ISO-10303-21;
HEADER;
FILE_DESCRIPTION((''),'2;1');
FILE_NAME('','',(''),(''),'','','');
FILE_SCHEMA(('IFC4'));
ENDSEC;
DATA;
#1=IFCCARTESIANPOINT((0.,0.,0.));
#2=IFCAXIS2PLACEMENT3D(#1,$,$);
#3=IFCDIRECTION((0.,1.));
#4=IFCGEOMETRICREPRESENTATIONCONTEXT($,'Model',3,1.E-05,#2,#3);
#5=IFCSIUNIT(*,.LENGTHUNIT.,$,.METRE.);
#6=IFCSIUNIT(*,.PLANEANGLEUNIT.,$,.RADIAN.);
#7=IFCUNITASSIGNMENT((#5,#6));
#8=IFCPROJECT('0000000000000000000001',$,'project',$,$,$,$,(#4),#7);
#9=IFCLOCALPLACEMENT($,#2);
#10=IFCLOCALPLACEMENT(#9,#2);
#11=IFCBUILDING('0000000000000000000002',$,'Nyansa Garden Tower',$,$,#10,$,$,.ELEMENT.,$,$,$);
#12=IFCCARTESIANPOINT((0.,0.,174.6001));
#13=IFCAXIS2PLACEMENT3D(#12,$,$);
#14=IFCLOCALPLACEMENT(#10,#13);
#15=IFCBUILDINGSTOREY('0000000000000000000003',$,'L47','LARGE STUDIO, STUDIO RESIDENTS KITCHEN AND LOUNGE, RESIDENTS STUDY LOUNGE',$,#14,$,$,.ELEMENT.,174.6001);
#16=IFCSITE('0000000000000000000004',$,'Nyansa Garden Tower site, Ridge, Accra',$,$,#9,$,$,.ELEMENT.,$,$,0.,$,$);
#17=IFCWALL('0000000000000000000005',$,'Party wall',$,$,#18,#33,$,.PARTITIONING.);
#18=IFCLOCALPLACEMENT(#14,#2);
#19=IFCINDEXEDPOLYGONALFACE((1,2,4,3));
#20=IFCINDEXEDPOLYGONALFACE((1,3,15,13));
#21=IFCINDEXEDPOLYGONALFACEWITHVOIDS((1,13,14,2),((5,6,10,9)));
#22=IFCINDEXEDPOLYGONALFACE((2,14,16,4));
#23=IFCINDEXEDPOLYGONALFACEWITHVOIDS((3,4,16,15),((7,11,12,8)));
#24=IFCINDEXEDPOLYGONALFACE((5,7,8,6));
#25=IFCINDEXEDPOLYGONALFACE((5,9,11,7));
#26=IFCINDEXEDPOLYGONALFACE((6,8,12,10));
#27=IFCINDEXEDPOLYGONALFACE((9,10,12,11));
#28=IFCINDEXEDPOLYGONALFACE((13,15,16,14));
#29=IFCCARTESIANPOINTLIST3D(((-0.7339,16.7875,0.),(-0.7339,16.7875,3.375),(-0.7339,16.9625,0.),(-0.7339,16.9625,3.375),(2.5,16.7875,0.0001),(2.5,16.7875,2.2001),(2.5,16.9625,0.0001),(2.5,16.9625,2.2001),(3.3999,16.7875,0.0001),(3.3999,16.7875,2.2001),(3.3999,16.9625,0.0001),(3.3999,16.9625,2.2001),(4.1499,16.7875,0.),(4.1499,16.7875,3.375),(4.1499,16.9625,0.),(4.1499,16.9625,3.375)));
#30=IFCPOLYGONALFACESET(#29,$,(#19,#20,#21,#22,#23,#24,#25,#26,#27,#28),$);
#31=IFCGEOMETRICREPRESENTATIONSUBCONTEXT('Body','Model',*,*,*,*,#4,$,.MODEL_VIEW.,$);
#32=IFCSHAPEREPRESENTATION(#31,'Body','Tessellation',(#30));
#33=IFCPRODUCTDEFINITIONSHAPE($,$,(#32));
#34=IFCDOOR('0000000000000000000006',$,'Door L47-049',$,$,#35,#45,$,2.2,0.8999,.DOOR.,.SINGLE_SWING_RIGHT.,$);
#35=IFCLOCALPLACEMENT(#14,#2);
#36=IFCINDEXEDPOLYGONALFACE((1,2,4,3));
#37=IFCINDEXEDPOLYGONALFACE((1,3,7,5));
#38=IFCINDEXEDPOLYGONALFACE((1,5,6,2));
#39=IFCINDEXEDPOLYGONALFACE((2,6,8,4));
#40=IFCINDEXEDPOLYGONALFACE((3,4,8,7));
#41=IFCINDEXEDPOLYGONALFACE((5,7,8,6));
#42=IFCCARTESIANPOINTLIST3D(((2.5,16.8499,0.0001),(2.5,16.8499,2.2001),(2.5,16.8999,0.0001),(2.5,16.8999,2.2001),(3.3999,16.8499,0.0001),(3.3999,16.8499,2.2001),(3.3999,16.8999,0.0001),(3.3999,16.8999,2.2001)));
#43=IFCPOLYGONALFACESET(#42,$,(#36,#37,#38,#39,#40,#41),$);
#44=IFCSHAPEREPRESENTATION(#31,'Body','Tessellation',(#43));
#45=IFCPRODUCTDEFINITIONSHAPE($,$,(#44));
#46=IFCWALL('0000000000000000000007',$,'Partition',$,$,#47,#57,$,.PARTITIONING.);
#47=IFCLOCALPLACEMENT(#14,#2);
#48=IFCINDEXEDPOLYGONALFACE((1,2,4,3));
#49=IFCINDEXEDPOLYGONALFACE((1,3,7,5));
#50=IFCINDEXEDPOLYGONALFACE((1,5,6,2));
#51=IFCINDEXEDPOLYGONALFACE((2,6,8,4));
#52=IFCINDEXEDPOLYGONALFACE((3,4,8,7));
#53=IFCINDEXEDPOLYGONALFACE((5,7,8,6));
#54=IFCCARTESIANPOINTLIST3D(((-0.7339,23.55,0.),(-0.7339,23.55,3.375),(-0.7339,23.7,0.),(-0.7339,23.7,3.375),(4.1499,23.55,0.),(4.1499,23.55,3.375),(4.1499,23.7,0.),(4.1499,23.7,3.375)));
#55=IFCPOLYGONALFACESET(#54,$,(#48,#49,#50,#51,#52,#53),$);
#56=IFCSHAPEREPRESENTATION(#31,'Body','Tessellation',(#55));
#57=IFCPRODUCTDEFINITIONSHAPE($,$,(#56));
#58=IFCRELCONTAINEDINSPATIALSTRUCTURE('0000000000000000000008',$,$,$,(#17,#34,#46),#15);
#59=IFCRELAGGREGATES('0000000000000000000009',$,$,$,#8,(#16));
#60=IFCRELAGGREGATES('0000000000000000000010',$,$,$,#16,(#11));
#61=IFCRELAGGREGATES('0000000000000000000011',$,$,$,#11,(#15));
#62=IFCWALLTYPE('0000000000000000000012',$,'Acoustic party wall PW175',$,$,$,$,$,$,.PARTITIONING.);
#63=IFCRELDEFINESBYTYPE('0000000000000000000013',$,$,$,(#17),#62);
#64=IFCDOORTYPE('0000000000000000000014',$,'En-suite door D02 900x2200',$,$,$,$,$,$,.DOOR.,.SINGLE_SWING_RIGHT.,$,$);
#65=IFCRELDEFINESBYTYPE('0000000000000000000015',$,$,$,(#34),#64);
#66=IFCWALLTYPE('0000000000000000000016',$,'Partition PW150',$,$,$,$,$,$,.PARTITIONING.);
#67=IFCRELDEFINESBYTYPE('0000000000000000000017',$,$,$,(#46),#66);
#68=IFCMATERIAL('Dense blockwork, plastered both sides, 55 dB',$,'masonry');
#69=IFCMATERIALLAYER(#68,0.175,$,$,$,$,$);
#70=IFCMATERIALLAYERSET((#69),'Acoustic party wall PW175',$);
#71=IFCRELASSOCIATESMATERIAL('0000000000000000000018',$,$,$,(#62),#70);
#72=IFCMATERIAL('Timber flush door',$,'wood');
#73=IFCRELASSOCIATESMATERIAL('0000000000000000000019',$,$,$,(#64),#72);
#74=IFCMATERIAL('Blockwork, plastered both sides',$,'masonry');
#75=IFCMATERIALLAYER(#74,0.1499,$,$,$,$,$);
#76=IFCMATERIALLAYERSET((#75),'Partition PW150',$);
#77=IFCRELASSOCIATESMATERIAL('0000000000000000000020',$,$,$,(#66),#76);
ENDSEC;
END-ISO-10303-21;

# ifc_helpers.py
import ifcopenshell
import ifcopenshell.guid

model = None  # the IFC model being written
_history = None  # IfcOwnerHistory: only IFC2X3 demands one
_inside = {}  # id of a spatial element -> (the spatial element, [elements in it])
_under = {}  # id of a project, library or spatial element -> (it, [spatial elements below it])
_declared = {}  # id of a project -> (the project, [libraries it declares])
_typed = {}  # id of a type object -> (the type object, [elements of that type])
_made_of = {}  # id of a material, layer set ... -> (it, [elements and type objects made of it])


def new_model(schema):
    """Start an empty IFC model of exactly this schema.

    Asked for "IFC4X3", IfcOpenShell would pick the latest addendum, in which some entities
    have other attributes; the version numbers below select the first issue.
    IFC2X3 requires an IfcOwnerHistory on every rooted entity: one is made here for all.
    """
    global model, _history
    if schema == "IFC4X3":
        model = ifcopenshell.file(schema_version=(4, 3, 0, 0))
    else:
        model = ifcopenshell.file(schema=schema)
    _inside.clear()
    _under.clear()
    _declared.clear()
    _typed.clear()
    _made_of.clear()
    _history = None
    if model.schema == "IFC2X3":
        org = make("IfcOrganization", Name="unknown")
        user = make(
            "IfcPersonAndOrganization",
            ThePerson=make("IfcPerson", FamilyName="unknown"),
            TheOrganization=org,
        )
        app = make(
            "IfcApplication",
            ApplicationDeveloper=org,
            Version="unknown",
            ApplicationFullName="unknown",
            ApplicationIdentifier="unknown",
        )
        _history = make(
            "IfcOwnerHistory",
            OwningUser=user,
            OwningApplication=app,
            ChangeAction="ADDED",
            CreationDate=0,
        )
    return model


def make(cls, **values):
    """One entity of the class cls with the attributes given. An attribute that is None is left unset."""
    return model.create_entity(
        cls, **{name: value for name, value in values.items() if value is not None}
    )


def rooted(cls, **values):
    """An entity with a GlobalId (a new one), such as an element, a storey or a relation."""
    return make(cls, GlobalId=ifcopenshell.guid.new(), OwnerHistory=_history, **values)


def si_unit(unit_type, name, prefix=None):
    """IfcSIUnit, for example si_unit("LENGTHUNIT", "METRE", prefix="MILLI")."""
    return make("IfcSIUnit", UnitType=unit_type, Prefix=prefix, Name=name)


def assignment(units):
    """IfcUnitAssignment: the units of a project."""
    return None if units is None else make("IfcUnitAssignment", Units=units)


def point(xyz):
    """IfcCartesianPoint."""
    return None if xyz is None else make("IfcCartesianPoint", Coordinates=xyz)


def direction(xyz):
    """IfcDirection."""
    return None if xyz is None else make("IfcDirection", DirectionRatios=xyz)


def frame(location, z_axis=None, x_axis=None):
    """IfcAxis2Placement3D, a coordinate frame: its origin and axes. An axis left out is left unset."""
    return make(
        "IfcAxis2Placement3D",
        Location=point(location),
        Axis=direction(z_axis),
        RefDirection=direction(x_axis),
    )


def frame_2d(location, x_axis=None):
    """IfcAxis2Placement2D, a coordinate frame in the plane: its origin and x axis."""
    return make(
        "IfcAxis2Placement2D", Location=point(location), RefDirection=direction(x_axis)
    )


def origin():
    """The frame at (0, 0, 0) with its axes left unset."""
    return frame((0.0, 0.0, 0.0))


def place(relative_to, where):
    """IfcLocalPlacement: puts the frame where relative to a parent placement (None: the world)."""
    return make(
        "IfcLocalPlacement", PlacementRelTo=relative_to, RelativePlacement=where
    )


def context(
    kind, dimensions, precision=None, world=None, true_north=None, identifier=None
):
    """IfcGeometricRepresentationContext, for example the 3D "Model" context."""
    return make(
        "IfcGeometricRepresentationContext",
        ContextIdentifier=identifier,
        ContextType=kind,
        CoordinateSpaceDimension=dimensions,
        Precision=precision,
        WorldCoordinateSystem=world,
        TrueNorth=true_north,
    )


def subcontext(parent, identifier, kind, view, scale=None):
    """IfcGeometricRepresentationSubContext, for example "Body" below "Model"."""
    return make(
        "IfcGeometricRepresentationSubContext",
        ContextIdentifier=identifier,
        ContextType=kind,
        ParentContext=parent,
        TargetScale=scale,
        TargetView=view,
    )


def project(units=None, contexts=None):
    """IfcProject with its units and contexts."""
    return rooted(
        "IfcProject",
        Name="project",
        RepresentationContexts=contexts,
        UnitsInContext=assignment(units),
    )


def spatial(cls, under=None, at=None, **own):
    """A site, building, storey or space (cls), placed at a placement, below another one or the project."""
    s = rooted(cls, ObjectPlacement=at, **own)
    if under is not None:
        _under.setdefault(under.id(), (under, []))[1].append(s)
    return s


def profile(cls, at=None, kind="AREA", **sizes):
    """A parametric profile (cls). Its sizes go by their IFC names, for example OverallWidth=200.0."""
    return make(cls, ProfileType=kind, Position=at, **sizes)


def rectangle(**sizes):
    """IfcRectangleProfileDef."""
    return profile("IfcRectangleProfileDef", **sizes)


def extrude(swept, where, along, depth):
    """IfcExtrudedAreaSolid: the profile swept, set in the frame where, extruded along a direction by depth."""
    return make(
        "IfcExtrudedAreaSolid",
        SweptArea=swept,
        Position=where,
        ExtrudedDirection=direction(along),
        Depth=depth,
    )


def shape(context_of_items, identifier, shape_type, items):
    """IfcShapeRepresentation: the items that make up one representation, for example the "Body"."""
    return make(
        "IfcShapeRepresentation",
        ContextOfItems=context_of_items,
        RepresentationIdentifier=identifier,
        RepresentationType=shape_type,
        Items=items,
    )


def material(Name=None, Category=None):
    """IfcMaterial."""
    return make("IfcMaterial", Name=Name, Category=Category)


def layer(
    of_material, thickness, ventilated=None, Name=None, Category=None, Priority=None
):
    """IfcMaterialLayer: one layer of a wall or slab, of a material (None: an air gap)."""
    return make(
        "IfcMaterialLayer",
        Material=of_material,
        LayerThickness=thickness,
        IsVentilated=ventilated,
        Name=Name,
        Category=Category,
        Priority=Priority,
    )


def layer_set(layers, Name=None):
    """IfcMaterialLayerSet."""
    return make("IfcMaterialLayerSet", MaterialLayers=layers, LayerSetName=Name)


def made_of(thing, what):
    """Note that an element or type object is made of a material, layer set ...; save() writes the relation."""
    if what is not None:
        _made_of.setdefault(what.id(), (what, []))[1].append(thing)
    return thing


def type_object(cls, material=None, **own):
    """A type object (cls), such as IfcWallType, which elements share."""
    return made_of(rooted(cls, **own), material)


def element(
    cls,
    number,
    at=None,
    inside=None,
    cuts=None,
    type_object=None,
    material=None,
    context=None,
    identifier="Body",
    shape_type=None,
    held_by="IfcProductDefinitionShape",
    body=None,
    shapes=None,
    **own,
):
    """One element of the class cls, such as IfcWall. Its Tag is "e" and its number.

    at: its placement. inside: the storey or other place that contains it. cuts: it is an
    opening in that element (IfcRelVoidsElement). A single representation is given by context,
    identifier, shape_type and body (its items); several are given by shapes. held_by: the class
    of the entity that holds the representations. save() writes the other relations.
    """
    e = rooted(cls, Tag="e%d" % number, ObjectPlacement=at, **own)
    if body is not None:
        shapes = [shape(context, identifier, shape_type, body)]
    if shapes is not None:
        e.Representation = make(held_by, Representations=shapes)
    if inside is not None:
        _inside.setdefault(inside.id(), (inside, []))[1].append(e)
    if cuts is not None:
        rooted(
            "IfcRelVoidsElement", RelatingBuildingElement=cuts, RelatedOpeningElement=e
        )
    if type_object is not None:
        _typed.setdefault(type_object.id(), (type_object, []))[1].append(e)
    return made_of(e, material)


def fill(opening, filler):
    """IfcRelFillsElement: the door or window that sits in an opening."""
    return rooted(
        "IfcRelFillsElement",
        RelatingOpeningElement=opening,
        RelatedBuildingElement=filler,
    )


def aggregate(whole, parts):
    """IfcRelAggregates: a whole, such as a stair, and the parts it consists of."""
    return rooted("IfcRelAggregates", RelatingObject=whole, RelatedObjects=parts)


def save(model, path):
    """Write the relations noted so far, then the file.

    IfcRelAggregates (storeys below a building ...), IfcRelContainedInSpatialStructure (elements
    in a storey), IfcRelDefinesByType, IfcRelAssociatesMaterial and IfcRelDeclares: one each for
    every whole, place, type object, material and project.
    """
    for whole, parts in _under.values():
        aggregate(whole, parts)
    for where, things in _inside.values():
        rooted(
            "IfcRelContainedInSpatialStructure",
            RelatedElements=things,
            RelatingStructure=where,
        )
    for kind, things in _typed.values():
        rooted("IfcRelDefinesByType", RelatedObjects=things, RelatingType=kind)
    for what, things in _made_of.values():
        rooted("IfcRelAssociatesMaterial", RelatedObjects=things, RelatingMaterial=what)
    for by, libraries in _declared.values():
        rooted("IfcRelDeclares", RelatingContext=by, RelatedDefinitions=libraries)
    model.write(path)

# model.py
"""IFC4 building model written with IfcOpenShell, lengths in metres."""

from ifc_helpers import new_model, si_unit, direction, frame, frame_2d, origin, place, context, subcontext, project, spatial, rectangle, extrude, material, layer, layer_set, type_object, element, fill, save


model = new_model("IFC4")

# Units and contexts
model_context = context("Model", 3, precision=1e-05, world=origin(), true_north=direction((0.0, 1.0)))
body_context = subcontext(model_context, "Body", "Model", "MODEL_VIEW")
ifc_project = project(units=[si_unit("LENGTHUNIT", "METRE"), si_unit("PLANEANGLEUNIT", "RADIAN")], contexts=[model_context])

# Site, building, storey
site_placement = place(None, origin())
site = spatial("IfcSite", under=ifc_project, at=site_placement, Name="Nyansa Garden Tower site, Ridge, Accra", CompositionType="ELEMENT", RefElevation=0.0)
building_placement = place(site_placement, origin())
building = spatial("IfcBuilding", under=site, at=building_placement, Name="Nyansa Garden Tower", CompositionType="ELEMENT")
storey_placement = place(building_placement, frame((0.0, 0.0, 174.6001)))
storey = spatial("IfcBuildingStorey", under=building, at=storey_placement, Name="L47", Description="LARGE STUDIO, STUDIO RESIDENTS KITCHEN AND LOUNGE, RESIDENTS STUDY LOUNGE", CompositionType="ELEMENT", Elevation=174.6001)

# Wall, opening, door
ifc_material_1 = material(Name="Dense blockwork, plastered both sides, 55 dB", Category="masonry")
ifc_layer_1 = layer(ifc_material_1, 0.175)
ifc_layer_set_1 = layer_set([ifc_layer_1], Name="Acoustic party wall PW175")
wall_type_1 = type_object("IfcWallType", Name="Acoustic party wall PW175", PredefinedType="PARTITIONING", material=ifc_layer_set_1)
wall_1_placement = place(storey_placement, frame((-0.7339, 16.875, 0.0), z_axis=(0.0, 0.0, 1.0), x_axis=(1.0, 0.0, 0.0)))
wall_1 = element("IfcWall", 1, at=wall_1_placement, inside=storey, type_object=wall_type_1, Name="Party wall", PredefinedType="PARTITIONING", context=body_context, shape_type="SweptSolid", body=[
    extrude(rectangle(XDim=4.8838, YDim=0.175, at=frame_2d((2.4419, 0.0))), origin(), (0.0, 0.0, 1.0), 3.375),
])
opening_placement = place(wall_1_placement, frame((3.2339, 0.0, 0.0)))
opening = element("IfcOpeningElement", 2, at=opening_placement, cuts=wall_1, PredefinedType="OPENING", context=body_context, shape_type="SweptSolid", body=[
    extrude(rectangle(XDim=0.8999, YDim=2.2, at=frame_2d((0.45, 1.1001))), frame((0.0, 0.0974, 0.0), z_axis=(0.0, -1.0, 0.0), x_axis=(1.0, 0.0, 0.0)), (0.0, 0.0, 1.0), 0.1951),
])
ifc_material_2 = material(Name="Timber flush door", Category="wood")
door_type = type_object("IfcDoorType", Name="En-suite door D02 900x2200", OperationType="SINGLE_SWING_RIGHT", PredefinedType="DOOR", material=ifc_material_2)
door_placement = place(opening_placement, origin())
door = element("IfcDoor", 3, at=door_placement, inside=storey, type_object=door_type, Name="Door L47-049", OperationType="SINGLE_SWING_RIGHT", OverallHeight=2.2, OverallWidth=0.8999, PredefinedType="DOOR", context=body_context, shape_type="SweptSolid", body=[
    extrude(rectangle(XDim=0.8999, YDim=2.2, at=frame_2d((0.45, 1.1001))), frame((0.0, 0.0249, 0.0), z_axis=(0.0, -1.0, 0.0), x_axis=(1.0, 0.0, 0.0)), (0.0, 0.0, 1.0), 0.05),
])
fill(opening, door)

# Wall
ifc_material_3 = material(Name="Blockwork, plastered both sides", Category="masonry")
ifc_layer_2 = layer(ifc_material_3, 0.1499)
ifc_layer_set_2 = layer_set([ifc_layer_2], Name="Partition PW150")
wall_type_2 = type_object("IfcWallType", Name="Partition PW150", PredefinedType="PARTITIONING", material=ifc_layer_set_2)
wall_2_placement = place(storey_placement, frame((-0.7339, 23.625, 0.0), z_axis=(0.0, 0.0, 1.0), x_axis=(1.0, 0.0, 0.0)))
element("IfcWall", 4, at=wall_2_placement, inside=storey, type_object=wall_type_2, Name="Partition", PredefinedType="PARTITIONING", context=body_context, shape_type="SweptSolid", body=[
    extrude(rectangle(XDim=4.8838, YDim=0.1499, at=frame_2d((2.4419, 0.0))), origin(), (0.0, 0.0, 1.0), 3.375),
])

save(model, "model.ifc")
